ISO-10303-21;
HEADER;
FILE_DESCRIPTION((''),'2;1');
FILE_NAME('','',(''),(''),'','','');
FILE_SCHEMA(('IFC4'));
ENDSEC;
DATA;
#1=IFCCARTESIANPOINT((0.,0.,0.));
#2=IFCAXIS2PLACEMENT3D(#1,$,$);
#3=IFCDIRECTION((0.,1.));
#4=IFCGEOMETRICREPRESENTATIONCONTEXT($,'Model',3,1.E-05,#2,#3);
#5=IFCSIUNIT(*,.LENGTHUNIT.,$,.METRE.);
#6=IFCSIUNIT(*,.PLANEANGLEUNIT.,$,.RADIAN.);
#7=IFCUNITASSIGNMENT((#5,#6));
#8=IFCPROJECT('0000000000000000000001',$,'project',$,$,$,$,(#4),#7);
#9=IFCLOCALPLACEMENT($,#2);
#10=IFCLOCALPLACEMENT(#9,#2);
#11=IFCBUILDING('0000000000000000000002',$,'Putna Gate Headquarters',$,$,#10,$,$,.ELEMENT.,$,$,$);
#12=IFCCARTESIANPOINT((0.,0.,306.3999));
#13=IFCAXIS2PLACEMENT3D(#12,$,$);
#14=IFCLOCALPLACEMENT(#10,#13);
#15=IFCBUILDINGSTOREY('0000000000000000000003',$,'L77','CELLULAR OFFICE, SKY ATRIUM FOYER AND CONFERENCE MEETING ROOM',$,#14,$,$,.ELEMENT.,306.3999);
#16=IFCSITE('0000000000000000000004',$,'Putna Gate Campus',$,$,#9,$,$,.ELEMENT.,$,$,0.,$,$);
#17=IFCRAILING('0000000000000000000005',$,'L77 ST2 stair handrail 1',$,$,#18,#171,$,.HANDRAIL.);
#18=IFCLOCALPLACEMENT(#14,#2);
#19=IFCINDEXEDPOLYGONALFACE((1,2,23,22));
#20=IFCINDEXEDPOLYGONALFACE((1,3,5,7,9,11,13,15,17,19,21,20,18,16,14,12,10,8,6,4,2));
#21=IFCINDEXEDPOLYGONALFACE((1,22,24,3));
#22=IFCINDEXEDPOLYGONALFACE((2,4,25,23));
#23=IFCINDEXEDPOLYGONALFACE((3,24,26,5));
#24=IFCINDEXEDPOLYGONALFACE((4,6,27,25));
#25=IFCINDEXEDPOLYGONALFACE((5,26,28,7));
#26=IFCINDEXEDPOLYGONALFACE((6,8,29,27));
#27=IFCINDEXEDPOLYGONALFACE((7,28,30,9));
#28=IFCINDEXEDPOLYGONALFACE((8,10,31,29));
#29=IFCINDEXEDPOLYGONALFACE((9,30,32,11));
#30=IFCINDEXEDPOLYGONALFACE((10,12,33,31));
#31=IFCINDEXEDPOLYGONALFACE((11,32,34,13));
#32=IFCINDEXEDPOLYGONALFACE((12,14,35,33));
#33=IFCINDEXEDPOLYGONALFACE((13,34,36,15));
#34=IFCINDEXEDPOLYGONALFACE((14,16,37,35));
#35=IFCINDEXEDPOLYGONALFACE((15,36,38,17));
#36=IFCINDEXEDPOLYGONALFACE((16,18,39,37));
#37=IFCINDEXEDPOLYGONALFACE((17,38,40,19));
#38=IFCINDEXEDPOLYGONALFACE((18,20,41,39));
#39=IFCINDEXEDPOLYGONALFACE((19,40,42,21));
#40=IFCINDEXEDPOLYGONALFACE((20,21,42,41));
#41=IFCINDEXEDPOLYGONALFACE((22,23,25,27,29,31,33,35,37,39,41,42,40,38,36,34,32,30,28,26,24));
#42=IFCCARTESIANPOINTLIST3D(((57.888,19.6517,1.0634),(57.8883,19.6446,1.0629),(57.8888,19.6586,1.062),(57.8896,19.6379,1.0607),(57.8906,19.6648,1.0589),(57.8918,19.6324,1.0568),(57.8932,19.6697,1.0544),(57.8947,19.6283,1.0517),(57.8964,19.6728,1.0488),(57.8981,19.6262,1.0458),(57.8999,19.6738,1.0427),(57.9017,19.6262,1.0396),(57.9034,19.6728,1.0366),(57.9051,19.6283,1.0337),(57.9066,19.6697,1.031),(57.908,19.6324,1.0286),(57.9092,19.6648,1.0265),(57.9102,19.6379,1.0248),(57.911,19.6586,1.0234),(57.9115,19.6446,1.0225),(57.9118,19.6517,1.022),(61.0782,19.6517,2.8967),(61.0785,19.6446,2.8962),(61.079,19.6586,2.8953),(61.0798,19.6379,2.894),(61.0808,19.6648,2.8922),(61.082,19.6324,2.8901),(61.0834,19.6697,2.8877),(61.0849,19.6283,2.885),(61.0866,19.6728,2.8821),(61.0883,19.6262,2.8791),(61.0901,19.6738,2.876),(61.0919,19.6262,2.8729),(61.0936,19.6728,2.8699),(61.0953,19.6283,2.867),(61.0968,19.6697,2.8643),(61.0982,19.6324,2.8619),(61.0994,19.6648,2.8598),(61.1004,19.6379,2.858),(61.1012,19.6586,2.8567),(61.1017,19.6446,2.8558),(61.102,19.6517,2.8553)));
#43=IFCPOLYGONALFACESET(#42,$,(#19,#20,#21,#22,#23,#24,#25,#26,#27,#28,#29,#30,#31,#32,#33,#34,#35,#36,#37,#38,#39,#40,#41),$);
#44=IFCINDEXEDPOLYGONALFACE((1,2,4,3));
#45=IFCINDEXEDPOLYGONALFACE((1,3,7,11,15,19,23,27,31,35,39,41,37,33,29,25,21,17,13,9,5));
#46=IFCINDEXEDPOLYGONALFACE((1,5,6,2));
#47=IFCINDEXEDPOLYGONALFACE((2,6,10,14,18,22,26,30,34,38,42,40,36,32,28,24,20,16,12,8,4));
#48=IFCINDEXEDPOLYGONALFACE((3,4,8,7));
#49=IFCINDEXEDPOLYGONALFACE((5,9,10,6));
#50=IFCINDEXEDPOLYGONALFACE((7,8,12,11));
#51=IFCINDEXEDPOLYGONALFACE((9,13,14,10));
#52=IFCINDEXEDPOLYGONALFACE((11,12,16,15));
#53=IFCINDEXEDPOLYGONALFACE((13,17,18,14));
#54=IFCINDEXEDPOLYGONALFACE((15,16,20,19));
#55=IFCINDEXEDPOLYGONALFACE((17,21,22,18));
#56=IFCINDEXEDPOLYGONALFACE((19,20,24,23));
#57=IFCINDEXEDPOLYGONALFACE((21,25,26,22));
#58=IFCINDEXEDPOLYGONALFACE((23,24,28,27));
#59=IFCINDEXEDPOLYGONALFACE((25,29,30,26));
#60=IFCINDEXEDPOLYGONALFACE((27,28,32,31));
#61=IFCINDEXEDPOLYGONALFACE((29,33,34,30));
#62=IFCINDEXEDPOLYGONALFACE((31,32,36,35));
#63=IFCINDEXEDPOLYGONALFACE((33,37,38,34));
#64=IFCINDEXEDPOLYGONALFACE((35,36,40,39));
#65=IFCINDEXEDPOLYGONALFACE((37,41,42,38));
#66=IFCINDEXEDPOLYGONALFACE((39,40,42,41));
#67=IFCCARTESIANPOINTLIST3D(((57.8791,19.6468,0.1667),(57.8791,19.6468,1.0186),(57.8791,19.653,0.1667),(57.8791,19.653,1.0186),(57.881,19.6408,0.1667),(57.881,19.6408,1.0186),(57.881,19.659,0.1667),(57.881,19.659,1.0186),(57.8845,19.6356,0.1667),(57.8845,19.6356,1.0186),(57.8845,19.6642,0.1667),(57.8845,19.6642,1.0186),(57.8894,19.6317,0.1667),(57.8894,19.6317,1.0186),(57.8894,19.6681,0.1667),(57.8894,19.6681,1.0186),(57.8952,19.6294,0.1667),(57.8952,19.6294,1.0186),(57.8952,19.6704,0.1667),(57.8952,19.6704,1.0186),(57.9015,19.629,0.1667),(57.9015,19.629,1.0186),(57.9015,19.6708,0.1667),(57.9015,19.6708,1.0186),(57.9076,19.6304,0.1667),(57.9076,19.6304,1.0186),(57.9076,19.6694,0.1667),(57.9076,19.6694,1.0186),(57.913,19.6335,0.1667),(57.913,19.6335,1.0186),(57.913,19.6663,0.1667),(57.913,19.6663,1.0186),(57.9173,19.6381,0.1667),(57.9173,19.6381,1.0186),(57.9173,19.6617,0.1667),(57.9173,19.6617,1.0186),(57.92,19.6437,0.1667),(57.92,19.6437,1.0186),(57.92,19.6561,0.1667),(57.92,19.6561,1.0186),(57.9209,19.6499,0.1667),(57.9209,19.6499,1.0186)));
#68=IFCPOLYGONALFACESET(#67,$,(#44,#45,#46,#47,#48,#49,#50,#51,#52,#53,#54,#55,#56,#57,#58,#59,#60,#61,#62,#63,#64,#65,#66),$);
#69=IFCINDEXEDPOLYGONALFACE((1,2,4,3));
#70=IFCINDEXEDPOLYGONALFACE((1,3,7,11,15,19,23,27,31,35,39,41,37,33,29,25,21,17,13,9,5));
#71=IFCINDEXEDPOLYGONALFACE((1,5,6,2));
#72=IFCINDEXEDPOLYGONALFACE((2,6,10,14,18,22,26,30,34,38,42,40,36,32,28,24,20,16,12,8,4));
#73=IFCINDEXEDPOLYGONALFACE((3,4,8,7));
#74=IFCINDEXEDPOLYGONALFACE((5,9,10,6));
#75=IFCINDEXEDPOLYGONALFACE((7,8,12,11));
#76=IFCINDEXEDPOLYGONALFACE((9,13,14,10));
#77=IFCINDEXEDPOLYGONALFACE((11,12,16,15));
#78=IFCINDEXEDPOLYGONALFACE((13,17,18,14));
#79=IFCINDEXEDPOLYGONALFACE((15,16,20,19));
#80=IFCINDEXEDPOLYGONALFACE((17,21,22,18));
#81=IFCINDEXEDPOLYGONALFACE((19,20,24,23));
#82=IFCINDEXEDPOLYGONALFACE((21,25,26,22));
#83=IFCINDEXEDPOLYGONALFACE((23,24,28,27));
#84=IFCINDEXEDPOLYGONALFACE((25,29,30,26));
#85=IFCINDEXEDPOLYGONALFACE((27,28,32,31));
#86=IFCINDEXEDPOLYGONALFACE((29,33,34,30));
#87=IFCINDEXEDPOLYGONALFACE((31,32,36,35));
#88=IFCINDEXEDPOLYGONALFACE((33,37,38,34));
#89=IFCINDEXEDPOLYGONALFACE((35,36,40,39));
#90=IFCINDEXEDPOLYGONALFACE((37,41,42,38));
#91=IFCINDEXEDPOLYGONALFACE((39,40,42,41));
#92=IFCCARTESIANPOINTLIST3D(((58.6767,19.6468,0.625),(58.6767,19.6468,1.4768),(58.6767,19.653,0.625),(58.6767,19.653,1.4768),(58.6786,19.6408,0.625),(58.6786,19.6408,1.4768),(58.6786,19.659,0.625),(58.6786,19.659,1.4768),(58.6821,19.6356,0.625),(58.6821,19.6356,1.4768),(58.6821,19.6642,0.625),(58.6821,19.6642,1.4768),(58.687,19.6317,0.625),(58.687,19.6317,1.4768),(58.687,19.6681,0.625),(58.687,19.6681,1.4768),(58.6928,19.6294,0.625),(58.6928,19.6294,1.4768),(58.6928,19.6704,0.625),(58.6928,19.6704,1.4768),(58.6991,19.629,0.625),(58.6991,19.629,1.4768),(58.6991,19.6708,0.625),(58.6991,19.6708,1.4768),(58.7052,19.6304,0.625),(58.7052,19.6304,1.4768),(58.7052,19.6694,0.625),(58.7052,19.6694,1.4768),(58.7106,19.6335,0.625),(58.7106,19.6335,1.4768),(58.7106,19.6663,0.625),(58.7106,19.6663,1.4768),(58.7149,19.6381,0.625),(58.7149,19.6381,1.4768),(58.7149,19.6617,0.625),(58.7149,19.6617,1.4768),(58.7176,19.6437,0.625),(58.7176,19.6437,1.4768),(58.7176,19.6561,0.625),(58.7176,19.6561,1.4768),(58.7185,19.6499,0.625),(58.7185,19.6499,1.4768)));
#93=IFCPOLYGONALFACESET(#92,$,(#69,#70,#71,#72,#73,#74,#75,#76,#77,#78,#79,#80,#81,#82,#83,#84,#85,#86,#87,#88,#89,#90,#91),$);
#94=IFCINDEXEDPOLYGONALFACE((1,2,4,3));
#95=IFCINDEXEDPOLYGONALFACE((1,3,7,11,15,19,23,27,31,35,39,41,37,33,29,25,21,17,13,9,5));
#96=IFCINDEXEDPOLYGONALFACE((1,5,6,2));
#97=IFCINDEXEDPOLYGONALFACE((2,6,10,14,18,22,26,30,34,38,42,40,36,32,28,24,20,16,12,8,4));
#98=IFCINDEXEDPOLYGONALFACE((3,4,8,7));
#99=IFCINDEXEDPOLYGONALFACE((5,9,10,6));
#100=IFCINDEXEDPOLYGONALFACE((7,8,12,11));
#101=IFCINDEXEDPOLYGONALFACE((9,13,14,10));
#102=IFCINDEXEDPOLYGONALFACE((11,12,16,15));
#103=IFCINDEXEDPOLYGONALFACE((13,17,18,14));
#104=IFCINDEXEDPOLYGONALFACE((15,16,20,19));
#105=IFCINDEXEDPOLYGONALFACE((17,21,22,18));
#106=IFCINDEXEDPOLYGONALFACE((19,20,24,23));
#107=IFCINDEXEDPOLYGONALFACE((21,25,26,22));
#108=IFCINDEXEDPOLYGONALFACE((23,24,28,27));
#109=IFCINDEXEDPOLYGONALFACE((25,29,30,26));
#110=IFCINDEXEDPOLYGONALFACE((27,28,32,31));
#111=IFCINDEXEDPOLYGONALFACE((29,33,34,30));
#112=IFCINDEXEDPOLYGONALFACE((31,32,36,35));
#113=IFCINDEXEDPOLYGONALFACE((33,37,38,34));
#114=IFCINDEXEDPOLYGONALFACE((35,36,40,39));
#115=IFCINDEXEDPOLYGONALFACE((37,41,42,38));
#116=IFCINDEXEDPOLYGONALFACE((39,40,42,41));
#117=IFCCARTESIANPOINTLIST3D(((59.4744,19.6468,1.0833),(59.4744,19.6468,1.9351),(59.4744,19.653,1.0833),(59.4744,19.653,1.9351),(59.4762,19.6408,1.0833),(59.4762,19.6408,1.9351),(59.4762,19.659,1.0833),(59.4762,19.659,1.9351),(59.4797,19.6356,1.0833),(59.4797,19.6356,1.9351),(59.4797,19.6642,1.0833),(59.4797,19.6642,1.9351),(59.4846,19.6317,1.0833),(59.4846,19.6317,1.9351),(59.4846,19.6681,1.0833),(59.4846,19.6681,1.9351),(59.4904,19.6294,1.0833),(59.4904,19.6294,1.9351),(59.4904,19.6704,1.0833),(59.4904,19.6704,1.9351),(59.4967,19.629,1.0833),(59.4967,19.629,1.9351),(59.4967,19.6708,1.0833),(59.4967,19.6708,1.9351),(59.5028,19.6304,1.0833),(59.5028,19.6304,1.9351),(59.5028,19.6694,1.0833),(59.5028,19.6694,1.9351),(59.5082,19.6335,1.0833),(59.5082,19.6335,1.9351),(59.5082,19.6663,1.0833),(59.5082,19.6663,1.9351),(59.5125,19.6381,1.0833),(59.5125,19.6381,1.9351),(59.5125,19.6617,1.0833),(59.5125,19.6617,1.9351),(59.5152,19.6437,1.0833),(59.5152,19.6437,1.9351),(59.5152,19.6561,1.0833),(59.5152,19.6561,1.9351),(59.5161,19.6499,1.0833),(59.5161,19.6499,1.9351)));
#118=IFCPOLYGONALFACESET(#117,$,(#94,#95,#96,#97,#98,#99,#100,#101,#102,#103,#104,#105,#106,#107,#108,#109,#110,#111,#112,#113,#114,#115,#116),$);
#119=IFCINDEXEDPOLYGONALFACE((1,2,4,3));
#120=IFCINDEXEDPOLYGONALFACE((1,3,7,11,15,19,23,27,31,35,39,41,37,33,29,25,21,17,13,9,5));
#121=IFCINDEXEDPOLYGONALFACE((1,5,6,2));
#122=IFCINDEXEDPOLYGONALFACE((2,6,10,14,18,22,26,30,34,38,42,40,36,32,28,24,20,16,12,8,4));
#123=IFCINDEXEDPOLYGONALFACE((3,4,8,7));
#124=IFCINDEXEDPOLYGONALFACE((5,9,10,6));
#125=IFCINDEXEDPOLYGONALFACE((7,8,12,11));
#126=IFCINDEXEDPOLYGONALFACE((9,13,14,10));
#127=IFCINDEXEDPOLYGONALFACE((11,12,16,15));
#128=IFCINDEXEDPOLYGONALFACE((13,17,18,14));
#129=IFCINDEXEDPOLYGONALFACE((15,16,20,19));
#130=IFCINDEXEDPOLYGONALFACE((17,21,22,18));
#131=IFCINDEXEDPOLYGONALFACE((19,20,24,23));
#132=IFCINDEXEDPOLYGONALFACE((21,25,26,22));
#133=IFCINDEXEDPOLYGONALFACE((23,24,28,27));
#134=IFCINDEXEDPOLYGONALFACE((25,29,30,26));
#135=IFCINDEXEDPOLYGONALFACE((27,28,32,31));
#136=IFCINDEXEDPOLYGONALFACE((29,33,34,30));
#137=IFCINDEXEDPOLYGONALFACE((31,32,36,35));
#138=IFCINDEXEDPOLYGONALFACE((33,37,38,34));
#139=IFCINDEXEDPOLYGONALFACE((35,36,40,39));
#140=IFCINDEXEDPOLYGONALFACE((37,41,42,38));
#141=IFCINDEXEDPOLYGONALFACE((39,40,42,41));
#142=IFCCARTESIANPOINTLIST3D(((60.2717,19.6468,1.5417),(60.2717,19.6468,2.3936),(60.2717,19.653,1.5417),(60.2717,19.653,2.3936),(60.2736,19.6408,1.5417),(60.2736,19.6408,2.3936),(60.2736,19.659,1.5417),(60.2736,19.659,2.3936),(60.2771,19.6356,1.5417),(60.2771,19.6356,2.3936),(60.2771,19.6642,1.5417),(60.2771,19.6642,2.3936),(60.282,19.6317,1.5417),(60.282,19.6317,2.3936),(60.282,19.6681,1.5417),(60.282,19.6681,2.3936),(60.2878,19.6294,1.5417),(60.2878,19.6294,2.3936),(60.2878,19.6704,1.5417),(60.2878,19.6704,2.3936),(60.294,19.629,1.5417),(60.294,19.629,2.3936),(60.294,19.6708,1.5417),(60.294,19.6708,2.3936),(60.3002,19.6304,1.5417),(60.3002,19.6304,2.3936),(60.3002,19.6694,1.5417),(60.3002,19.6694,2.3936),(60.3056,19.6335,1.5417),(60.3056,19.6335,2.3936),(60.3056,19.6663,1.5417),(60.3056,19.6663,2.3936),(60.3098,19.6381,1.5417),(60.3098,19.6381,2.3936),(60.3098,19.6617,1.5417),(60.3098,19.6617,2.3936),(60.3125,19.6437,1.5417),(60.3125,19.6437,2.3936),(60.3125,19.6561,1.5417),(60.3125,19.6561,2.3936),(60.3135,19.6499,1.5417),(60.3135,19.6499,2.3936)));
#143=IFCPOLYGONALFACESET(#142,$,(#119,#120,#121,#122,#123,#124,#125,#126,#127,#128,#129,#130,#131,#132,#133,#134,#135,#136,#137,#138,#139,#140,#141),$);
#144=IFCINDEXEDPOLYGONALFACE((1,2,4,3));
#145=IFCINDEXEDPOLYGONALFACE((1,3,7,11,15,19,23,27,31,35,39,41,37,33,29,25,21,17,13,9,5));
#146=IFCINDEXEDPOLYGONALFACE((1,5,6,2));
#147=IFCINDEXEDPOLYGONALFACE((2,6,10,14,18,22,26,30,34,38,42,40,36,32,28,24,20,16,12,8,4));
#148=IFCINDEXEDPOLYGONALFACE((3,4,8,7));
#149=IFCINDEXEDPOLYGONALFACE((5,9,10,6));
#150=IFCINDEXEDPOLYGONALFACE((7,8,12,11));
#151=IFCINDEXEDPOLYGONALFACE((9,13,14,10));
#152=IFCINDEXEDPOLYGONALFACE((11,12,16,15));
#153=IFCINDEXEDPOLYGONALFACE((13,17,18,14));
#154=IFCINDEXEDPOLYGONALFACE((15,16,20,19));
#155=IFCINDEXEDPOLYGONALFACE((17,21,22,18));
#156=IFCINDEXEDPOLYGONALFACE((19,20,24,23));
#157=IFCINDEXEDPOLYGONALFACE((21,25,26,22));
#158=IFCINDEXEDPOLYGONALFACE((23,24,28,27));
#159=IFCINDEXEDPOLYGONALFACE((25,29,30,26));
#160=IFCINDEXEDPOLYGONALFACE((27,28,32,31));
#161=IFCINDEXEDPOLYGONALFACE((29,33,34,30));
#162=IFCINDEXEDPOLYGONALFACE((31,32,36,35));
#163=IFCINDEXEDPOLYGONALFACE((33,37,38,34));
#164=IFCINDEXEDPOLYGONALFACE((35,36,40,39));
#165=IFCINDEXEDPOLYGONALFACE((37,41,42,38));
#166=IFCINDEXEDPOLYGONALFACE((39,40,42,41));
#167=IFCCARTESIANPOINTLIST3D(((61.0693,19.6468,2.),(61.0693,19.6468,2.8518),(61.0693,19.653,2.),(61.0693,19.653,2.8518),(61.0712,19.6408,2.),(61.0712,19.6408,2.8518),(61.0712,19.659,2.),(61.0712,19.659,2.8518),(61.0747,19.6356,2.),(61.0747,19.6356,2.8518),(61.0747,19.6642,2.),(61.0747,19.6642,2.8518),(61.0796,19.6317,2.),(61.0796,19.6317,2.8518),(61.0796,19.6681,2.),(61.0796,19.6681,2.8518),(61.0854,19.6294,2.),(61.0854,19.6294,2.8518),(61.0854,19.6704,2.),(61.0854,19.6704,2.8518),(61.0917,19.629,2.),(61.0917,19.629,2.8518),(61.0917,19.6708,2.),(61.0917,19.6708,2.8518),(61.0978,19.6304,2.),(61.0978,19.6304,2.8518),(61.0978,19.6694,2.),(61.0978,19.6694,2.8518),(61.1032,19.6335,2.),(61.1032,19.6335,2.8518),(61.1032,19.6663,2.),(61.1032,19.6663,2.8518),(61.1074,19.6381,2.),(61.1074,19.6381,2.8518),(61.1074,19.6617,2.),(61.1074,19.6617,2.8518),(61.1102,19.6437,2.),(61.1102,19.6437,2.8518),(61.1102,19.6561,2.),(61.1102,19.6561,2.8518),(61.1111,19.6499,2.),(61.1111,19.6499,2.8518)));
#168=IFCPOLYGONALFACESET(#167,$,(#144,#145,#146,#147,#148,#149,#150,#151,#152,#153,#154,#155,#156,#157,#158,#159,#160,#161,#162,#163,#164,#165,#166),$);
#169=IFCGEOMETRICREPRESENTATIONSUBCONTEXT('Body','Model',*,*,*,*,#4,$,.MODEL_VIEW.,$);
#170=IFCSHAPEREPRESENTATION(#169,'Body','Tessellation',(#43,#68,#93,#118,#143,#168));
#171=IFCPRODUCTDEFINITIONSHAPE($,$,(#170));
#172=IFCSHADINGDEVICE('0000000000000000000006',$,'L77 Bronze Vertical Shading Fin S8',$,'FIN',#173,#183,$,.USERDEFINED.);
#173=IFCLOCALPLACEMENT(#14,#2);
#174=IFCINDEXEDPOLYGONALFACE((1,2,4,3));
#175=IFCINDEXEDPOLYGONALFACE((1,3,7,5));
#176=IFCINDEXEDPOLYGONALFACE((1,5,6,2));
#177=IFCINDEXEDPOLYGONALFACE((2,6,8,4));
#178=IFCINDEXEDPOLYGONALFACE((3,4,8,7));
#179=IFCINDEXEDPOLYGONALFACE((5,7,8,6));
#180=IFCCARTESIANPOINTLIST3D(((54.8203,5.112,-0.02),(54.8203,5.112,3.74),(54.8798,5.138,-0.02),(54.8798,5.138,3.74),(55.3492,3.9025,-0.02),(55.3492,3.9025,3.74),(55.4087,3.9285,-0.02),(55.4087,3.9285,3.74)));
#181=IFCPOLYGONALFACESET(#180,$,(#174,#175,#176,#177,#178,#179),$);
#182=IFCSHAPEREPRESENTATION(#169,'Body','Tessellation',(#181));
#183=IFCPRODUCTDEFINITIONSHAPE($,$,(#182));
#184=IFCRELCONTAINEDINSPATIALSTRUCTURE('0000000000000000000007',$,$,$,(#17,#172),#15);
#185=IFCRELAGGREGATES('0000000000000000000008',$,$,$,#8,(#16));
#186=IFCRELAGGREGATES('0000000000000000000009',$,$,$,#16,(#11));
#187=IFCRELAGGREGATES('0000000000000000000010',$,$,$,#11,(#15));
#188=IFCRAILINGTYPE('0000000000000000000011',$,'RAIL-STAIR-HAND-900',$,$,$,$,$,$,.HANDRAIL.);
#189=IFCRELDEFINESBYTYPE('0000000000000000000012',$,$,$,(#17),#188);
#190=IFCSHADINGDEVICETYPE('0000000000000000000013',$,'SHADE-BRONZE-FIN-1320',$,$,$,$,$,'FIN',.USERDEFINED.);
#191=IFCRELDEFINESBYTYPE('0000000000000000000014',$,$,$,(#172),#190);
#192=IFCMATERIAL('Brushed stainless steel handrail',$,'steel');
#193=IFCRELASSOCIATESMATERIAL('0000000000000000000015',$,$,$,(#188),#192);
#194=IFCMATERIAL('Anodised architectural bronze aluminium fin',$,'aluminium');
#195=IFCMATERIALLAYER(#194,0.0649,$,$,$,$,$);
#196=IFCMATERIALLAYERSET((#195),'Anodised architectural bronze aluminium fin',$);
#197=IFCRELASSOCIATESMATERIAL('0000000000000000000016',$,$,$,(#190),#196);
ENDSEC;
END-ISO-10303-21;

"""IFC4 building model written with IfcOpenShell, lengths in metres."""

from ifc_helpers import new_model, si_unit, direction, frame, origin, origin_2d, place, context, subcontext, project, spatial, rectangle, circle, extrude, material, layer, layer_set, type_object, element, save


model = new_model("IFC4")

# Units and contexts
model_context = context("Model", 3, precision=1e-05, world=origin(), true_north=direction((0.0, 1.0)))
body_context = subcontext(model_context, "Body", "Model", "MODEL_VIEW")
ifc_project = project(units=[si_unit("LENGTHUNIT", "METRE"), si_unit("PLANEANGLEUNIT", "RADIAN")], contexts=[model_context])

# Site, building, storey
site_placement = place(None, origin())
site = spatial("IfcSite", under=ifc_project, at=site_placement, Name="Putna Gate Campus", CompositionType="ELEMENT", RefElevation=0.0)
building_placement = place(site_placement, origin())
building = spatial("IfcBuilding", under=site, at=building_placement, Name="Putna Gate Headquarters", CompositionType="ELEMENT")
storey_placement = place(building_placement, frame((0.0, 0.0, 306.3999)))
storey = spatial("IfcBuildingStorey", under=building, at=storey_placement, Name="L77", Description="CELLULAR OFFICE, SKY ATRIUM FOYER AND CONFERENCE MEETING ROOM", CompositionType="ELEMENT", Elevation=306.3999)

# Railing
ifc_material_1 = material(Name="Brushed stainless steel handrail", Category="steel")
railing_type_1 = type_object("IfcRailingType", Name="RAIL-STAIR-HAND-900", PredefinedType="HANDRAIL", material=ifc_material_1)
railing_1_placement = place(storey_placement, frame((57.8999, 19.6499, 0.1667)))
element("IfcRailing", 1, at=railing_1_placement, inside=storey, type_object=railing_type_1, Name="L77 ST2 stair handrail 1", PredefinedType="HANDRAIL", context=body_context, shape_type="SweptSolid", body=[
    extrude(circle(Radius=0.0239, at=origin_2d()), frame((0.0, 0.0, 0.876), z_axis=(0.867036, 0.0, 0.498245), x_axis=(0.0, 1.0, 0.0)), (0.0, 0.0, 1.0), 3.6794),
    extrude(circle(Radius=0.021, at=origin_2d()), origin(), (0.0, 0.0, 1.0), 0.8518),
    extrude(circle(Radius=0.021, at=origin_2d()), frame((0.7976, 0.0, 0.4583)), (0.0, 0.0, 1.0), 0.8518),
    extrude(circle(Radius=0.021, at=origin_2d()), frame((1.5952, 0.0, 0.9165)), (0.0, 0.0, 1.0), 0.8518),
    extrude(circle(Radius=0.021, at=origin_2d()), frame((2.3926, 0.0, 1.375)), (0.0, 0.0, 1.0), 0.8518),
    extrude(circle(Radius=0.021, at=origin_2d()), frame((3.1902, 0.0, 1.8333)), (0.0, 0.0, 1.0), 0.8518),
])

# Shading device
ifc_material_2 = material(Name="Anodised architectural bronze aluminium fin", Category="aluminium")
ifc_layer_1 = layer(ifc_material_2, 0.0649)
ifc_layer_set_1 = layer_set([ifc_layer_1], Name="Anodised architectural bronze aluminium fin")
shading_device_type = type_object("IfcShadingDeviceType", Name="SHADE-BRONZE-FIN-1320", ElementType="FIN", PredefinedType="USERDEFINED", material=ifc_layer_set_1)
shading_device_placement = place(storey_placement, frame((55.1145, 4.5203, -0.02), z_axis=(0.0, 0.0, 1.0), x_axis=(0.400669, -0.916223, 0.0)))
element("IfcShadingDevice", 2, at=shading_device_placement, inside=storey, type_object=shading_device_type, Name="L77 Bronze Vertical Shading Fin S8", ObjectType="FIN", PredefinedType="USERDEFINED", context=body_context, shape_type="SweptSolid", body=[
    extrude(rectangle(XDim=1.3201, YDim=0.0649, at=origin_2d()), origin(), (0.0, 0.0, 1.0), 3.76),
])

save(model, "model.ifc")
